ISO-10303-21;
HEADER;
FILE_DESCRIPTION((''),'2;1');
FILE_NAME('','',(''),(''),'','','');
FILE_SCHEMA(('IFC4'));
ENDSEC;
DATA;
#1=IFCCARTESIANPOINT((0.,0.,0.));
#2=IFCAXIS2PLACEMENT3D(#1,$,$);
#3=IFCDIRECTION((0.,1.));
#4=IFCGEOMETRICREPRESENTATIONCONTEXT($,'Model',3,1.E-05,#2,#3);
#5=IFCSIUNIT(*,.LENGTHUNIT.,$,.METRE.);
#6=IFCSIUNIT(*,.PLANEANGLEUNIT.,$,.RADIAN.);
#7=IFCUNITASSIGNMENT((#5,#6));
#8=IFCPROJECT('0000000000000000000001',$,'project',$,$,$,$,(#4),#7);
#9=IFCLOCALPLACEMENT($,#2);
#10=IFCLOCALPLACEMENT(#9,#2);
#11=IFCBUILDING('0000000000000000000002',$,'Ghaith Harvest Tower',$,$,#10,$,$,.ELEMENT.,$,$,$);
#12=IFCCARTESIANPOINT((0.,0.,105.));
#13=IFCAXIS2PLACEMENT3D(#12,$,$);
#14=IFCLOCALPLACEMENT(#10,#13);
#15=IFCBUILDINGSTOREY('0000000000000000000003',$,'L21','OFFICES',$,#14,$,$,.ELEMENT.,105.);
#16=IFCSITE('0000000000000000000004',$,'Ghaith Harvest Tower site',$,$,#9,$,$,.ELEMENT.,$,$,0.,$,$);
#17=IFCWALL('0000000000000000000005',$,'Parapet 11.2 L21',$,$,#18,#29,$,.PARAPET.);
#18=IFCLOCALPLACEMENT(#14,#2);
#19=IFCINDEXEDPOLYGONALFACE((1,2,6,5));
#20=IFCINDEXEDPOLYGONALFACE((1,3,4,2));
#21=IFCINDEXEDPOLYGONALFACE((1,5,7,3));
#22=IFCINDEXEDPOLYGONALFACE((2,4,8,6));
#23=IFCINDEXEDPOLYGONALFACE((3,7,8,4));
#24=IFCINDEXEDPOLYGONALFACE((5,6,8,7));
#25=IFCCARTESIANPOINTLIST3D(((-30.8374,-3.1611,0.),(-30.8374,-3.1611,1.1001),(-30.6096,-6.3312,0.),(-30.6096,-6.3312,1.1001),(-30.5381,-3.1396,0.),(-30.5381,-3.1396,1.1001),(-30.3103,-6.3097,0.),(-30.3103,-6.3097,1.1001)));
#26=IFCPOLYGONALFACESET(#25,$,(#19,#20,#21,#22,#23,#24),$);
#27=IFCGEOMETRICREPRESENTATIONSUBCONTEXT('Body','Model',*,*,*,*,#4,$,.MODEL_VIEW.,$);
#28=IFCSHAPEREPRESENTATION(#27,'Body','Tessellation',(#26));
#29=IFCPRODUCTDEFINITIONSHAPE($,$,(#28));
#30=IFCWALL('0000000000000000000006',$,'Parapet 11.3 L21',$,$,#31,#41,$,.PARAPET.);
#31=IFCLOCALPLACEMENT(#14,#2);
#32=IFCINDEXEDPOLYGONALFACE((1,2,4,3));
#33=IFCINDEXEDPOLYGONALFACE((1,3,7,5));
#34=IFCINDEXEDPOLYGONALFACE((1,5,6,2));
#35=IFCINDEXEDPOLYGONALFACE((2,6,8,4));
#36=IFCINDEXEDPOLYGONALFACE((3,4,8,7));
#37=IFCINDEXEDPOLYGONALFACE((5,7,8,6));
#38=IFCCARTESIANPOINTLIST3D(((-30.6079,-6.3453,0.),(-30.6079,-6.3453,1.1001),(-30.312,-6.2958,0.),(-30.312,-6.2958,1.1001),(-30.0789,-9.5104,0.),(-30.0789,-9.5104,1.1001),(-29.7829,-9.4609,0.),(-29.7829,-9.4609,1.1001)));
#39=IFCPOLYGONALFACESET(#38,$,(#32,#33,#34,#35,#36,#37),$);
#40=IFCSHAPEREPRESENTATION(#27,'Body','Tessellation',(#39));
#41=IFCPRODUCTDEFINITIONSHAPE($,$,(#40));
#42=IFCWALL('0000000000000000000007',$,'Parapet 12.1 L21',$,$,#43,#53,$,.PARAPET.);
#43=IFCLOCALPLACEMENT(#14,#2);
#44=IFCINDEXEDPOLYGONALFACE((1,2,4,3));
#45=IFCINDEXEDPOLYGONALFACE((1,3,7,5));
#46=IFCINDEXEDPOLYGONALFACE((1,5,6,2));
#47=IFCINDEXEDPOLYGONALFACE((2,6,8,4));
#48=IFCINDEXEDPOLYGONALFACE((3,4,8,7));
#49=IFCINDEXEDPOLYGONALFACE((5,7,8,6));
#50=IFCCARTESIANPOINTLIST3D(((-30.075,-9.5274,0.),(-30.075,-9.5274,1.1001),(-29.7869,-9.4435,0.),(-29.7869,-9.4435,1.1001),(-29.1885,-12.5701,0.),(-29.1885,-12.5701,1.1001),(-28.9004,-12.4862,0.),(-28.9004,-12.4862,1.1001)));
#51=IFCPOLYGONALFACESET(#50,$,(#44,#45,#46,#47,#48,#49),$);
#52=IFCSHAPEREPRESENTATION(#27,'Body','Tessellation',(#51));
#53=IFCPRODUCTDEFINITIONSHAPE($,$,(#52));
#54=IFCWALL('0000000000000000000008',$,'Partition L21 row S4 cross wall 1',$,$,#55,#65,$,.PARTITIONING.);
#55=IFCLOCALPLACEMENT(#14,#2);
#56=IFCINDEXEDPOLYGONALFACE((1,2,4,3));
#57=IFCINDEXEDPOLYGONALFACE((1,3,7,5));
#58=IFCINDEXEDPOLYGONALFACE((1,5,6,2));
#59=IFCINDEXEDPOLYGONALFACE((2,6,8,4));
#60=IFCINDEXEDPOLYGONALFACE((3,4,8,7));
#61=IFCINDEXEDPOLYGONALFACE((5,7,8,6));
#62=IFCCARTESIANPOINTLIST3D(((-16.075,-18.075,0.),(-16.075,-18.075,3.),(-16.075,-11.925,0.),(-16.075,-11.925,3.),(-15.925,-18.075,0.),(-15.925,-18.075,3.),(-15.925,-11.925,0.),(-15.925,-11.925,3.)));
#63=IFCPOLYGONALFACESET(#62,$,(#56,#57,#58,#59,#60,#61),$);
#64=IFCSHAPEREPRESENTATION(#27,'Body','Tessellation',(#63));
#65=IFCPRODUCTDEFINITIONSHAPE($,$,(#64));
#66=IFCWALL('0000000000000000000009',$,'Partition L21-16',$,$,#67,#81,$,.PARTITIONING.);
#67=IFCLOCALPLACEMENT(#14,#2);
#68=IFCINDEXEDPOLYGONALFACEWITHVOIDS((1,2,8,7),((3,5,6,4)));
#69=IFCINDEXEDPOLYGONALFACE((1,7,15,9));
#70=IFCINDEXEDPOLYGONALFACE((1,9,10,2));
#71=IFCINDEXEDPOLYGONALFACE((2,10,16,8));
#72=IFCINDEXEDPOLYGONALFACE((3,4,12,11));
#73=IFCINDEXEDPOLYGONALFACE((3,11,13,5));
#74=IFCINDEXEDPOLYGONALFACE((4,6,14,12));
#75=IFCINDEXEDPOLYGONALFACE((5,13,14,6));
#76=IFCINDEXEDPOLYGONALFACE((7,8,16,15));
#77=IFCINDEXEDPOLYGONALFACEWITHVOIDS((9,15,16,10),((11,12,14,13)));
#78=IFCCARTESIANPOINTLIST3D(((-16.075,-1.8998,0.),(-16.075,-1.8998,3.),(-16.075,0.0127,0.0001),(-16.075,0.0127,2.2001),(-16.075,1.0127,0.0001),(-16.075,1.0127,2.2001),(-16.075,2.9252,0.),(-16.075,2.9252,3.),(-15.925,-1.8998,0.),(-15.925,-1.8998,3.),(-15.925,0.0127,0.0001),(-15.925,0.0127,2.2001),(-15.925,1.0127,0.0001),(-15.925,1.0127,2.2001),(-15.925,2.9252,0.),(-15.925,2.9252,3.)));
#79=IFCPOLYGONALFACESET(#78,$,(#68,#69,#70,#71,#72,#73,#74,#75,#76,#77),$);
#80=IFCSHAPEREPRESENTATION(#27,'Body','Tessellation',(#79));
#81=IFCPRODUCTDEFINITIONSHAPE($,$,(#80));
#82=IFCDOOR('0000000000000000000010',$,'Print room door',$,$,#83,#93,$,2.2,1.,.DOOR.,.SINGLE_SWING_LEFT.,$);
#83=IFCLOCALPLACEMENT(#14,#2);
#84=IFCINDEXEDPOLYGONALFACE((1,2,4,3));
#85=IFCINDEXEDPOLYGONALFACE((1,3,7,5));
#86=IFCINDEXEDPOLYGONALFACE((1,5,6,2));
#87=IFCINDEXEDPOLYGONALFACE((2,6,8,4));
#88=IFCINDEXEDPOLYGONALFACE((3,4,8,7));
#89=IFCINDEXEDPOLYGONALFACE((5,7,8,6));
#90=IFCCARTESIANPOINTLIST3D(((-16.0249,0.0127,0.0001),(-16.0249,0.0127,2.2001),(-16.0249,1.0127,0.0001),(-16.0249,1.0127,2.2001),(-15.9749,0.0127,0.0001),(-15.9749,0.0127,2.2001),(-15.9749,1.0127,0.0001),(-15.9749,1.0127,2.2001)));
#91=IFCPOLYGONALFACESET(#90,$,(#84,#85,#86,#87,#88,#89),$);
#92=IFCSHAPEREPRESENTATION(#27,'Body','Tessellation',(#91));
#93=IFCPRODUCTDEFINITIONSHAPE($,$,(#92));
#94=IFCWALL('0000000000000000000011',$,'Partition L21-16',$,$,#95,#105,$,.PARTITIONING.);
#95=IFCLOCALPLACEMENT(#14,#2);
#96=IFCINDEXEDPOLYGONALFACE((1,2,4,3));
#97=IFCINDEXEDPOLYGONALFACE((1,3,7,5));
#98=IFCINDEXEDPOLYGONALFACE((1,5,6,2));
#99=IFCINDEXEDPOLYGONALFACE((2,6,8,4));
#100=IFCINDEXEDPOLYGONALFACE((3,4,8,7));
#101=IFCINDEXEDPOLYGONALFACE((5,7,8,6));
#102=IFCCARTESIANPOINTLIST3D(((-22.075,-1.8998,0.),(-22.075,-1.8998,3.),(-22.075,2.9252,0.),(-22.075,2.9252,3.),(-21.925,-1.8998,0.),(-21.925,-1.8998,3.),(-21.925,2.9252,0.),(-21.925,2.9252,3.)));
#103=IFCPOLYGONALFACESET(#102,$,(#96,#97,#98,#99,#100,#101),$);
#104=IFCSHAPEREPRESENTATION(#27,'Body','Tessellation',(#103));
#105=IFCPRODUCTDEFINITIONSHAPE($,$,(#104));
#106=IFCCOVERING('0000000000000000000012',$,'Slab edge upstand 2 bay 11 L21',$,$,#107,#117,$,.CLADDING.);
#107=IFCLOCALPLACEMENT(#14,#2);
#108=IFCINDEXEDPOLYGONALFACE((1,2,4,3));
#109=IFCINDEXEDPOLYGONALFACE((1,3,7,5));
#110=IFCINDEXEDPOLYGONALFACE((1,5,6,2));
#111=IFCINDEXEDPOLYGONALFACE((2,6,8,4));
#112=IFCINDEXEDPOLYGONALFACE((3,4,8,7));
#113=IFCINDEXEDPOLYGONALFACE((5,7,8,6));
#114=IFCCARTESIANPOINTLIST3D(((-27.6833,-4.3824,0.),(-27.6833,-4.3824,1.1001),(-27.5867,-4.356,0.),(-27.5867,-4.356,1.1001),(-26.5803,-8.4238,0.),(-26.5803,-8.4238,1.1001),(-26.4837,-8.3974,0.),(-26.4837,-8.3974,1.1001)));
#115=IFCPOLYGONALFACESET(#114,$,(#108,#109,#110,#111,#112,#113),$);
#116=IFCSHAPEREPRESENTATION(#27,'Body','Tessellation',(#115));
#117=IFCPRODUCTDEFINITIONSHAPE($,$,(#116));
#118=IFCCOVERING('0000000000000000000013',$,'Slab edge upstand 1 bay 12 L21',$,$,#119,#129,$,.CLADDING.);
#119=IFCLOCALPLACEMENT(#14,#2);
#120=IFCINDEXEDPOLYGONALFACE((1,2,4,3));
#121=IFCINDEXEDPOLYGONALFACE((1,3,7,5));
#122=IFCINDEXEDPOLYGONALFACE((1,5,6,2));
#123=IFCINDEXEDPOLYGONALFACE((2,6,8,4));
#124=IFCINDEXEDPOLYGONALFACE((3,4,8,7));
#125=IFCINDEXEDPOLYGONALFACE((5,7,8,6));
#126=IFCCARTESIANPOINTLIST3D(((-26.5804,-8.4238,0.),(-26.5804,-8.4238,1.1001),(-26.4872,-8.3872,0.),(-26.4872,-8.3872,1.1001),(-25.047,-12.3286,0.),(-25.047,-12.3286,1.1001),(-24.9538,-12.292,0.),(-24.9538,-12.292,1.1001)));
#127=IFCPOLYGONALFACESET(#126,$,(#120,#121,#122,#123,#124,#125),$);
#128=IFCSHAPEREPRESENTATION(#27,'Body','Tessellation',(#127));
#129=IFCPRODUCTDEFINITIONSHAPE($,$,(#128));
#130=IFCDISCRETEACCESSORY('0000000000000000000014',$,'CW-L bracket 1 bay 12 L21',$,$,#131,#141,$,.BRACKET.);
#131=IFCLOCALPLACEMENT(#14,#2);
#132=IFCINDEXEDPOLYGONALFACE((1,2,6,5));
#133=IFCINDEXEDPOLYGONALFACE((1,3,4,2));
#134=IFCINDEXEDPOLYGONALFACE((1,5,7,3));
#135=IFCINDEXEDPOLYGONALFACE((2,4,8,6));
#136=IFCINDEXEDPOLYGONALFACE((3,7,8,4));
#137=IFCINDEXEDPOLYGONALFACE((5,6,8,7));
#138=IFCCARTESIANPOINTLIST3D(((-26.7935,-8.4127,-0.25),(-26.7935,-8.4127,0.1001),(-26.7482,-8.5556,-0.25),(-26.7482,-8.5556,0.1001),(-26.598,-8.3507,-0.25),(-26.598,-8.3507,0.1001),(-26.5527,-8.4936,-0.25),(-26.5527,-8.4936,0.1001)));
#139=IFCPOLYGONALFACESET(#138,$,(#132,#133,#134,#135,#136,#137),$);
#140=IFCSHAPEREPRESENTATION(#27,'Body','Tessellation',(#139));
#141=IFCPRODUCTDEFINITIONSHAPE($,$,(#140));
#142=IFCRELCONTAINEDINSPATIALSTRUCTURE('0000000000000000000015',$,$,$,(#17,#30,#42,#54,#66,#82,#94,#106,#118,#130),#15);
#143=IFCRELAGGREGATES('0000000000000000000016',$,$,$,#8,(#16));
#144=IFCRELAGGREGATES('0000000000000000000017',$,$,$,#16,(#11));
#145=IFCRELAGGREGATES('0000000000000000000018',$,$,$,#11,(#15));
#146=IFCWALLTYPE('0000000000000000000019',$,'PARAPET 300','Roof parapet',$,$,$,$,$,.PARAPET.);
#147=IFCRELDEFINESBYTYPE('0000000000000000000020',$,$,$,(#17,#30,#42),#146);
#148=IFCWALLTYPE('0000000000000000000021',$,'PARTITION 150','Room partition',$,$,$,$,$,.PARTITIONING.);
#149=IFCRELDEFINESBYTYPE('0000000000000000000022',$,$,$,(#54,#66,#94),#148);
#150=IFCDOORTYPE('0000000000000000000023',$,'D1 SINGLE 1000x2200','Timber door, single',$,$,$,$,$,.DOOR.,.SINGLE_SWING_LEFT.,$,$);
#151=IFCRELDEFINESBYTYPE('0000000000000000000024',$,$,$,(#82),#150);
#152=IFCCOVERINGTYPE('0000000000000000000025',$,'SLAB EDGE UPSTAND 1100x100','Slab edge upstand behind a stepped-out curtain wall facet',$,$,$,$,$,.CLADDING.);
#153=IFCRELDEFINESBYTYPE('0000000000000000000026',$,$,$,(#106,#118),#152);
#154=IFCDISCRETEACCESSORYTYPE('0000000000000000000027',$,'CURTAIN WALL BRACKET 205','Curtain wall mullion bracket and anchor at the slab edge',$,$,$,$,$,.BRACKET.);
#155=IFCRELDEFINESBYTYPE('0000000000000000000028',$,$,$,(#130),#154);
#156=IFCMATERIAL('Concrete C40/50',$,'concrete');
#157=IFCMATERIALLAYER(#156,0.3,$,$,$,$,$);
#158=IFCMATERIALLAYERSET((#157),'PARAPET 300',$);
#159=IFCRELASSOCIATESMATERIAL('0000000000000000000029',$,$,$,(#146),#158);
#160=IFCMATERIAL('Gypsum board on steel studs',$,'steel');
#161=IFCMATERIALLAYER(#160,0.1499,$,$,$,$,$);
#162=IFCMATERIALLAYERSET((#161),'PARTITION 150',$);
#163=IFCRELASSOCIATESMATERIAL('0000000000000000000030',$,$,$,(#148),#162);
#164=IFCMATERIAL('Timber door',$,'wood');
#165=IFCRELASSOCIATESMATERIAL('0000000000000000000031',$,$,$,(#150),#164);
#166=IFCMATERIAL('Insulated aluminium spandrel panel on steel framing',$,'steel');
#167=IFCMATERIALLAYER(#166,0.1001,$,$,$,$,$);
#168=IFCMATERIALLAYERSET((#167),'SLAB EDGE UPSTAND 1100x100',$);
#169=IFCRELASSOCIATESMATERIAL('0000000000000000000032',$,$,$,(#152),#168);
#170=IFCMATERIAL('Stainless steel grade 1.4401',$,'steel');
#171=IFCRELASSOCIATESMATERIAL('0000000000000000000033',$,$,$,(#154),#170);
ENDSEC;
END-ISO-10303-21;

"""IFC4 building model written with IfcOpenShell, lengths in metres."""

from ifc_helpers import new_model, si_unit, direction, frame, frame_2d, origin, origin_2d, place, context, subcontext, project, spatial, rectangle, extrude, material, layer, layer_set, type_object, element, fill, save


model = new_model("IFC4")

# Units and contexts
model_context = context("Model", 3, precision=1e-05, world=origin(), true_north=direction((0.0, 1.0)))
body_context = subcontext(model_context, "Body", "Model", "MODEL_VIEW")
ifc_project = project(units=[si_unit("LENGTHUNIT", "METRE"), si_unit("PLANEANGLEUNIT", "RADIAN")], contexts=[model_context])

# Site, building, storey
site_placement = place(None, origin())
site = spatial("IfcSite", under=ifc_project, at=site_placement, Name="Ghaith Harvest Tower site", CompositionType="ELEMENT", RefElevation=0.0)
building_placement = place(site_placement, origin())
building = spatial("IfcBuilding", under=site, at=building_placement, Name="Ghaith Harvest Tower", CompositionType="ELEMENT")
storey_placement = place(building_placement, frame((0.0, 0.0, 105.0)))
storey = spatial("IfcBuildingStorey", under=building, at=storey_placement, Name="L21", Description="OFFICES", CompositionType="ELEMENT", Elevation=105.0)

# Walls
ifc_material_1 = material(Name="Concrete C40/50", Category="concrete")
ifc_layer_1 = layer(ifc_material_1, 0.3)
ifc_layer_set_1 = layer_set([ifc_layer_1], Name="PARAPET 300")
wall_type_1 = type_object("IfcWallType", Name="PARAPET 300", Description="Roof parapet", PredefinedType="PARAPET", material=ifc_layer_set_1)
wall_1_placement = place(storey_placement, frame((-30.6877, -3.1504, 0.0), z_axis=(0.0, 0.0, 1.0), x_axis=(0.071667, -0.997429, 0.0)))
element("IfcWall", 1, at=wall_1_placement, inside=storey, type_object=wall_type_1, Name="Parapet 11.2 L21", PredefinedType="PARAPET", context=body_context, shape_type="SweptSolid", body=[
    extrude(rectangle(XDim=3.1782, YDim=0.3, at=frame_2d((1.5891, 0.0))), origin(), (0.0, 0.0, 1.0), 1.1001),
])
wall_2_placement = place(storey_placement, frame((-30.46, -6.3206, 0.0), z_axis=(0.0, 0.0, 1.0), x_axis=(0.164868, -0.986316, 0.0)))
element("IfcWall", 2, at=wall_2_placement, inside=storey, type_object=wall_type_1, Name="Parapet 11.3 L21", PredefinedType="PARAPET", context=body_context, shape_type="SweptSolid", body=[
    extrude(rectangle(XDim=3.209, YDim=0.3, at=frame_2d((1.6045, 0.0))), origin(), (0.0, 0.0, 1.0), 1.1001),
])
wall_3_placement = place(storey_placement, frame((-29.9309, -9.4856, 0.0), z_axis=(0.0, 0.0, 1.0), x_axis=(0.279713, -0.960084, 0.0)))
element("IfcWall", 3, at=wall_3_placement, inside=storey, type_object=wall_type_1, Name="Parapet 12.1 L21", PredefinedType="PARAPET", context=body_context, shape_type="SweptSolid", body=[
    extrude(rectangle(XDim=3.1692, YDim=0.3, at=frame_2d((1.5845, 0.0))), origin(), (0.0, 0.0, 1.0), 1.1001),
])
ifc_material_2 = material(Name="Gypsum board on steel studs", Category="steel")
ifc_layer_2 = layer(ifc_material_2, 0.1499)
ifc_layer_set_2 = layer_set([ifc_layer_2], Name="PARTITION 150")
wall_type_2 = type_object("IfcWallType", Name="PARTITION 150", Description="Room partition", PredefinedType="PARTITIONING", material=ifc_layer_set_2)
wall_4_placement = place(storey_placement, frame((-16.0, -11.925, 0.0), z_axis=(0.0, 0.0, 1.0), x_axis=(0.0, -1.0, 0.0)))
element("IfcWall", 4, at=wall_4_placement, inside=storey, type_object=wall_type_2, Name="Partition L21 row S4 cross wall 1", PredefinedType="PARTITIONING", context=body_context, shape_type="SweptSolid", body=[
    extrude(rectangle(XDim=6.1499, YDim=0.1499, at=frame_2d((3.075, 0.0))), origin(), (0.0, 0.0, 1.0), 3.0),
])

# Wall, opening, door
wall_5_placement = place(storey_placement, frame((-16.0, -1.8999, 0.0), z_axis=(0.0, 0.0, 1.0), x_axis=(0.0, 1.0, 0.0)))
wall_5 = element("IfcWall", 5, at=wall_5_placement, inside=storey, type_object=wall_type_2, Name="Partition L21-16", PredefinedType="PARTITIONING", context=body_context, shape_type="SweptSolid", body=[
    extrude(rectangle(XDim=4.825, YDim=0.1499, at=frame_2d((2.4126, 0.0))), origin(), (0.0, 0.0, 1.0), 3.0),
])
opening_1_placement = place(wall_5_placement, frame((1.9126, 0.0, 0.0)))
opening_1 = element("IfcOpeningElement", 6, at=opening_1_placement, cuts=wall_5, PredefinedType="OPENING", context=body_context, shape_type="SweptSolid", body=[
    extrude(rectangle(XDim=1.0, YDim=2.2, at=frame_2d((0.5, 1.1001))), frame((0.0, 0.085, 0.0), z_axis=(0.0, -1.0, 0.0), x_axis=(1.0, 0.0, 0.0)), (0.0, 0.0, 1.0), 0.1699),
])
ifc_material_3 = material(Name="Timber door", Category="wood")
door_type_1 = type_object("IfcDoorType", Name="D1 SINGLE 1000x2200", Description="Timber door, single", OperationType="SINGLE_SWING_LEFT", PredefinedType="DOOR", material=ifc_material_3)
door_1_placement = place(opening_1_placement, origin())
door_1 = element("IfcDoor", 7, at=door_1_placement, inside=storey, type_object=door_type_1, Name="Print room door", OperationType="SINGLE_SWING_LEFT", OverallHeight=2.2, OverallWidth=1.0, PredefinedType="DOOR", context=body_context, shape_type="SweptSolid", body=[
    extrude(rectangle(XDim=1.0, YDim=2.2, at=frame_2d((0.5, 1.1001))), frame((0.0, 0.0249, 0.0), z_axis=(0.0, -1.0, 0.0), x_axis=(1.0, 0.0, 0.0)), (0.0, 0.0, 1.0), 0.05),
])
fill(opening_1, door_1)

# Wall
wall_6_placement = place(storey_placement, frame((-22.0, -1.8999, 0.0), z_axis=(0.0, 0.0, 1.0), x_axis=(0.0, 1.0, 0.0)))
element("IfcWall", 8, at=wall_6_placement, inside=storey, type_object=wall_type_2, Name="Partition L21-16", PredefinedType="PARTITIONING", context=body_context, shape_type="SweptSolid", body=[
    extrude(rectangle(XDim=4.825, YDim=0.1499, at=frame_2d((2.4126, 0.0))), origin(), (0.0, 0.0, 1.0), 3.0),
])

# Coverings
ifc_material_4 = material(Name="Insulated aluminium spandrel panel on steel framing", Category="steel")
ifc_layer_3 = layer(ifc_material_4, 0.1001)
ifc_layer_set_3 = layer_set([ifc_layer_3], Name="SLAB EDGE UPSTAND 1100x100")
covering_type = type_object("IfcCoveringType", Name="SLAB EDGE UPSTAND 1100x100", Description="Slab edge upstand behind a stepped-out curtain wall facet", PredefinedType="CLADDING", material=ifc_layer_set_3)
covering_1_placement = place(storey_placement, frame((-27.0835, -6.3899, 0.0), z_axis=(0.0, 0.0, 1.0), x_axis=(0.263288, -0.964717, 0.0)))
element("IfcCovering", 9, at=covering_1_placement, inside=storey, type_object=covering_type, Name="Slab edge upstand 2 bay 11 L21", PredefinedType="CLADDING", context=body_context, shape_type="SweptSolid", body=[
    extrude(rectangle(XDim=4.1892, YDim=0.1001, at=origin_2d()), origin(), (0.0, 0.0, 1.0), 1.1001),
])
covering_2_placement = place(storey_placement, frame((-25.7671, -10.3579, 0.0), z_axis=(0.0, 0.0, 1.0), x_axis=(0.365515, -0.930805, 0.0)))
element("IfcCovering", 10, at=covering_2_placement, inside=storey, type_object=covering_type, Name="Slab edge upstand 1 bay 12 L21", PredefinedType="CLADDING", context=body_context, shape_type="SweptSolid", body=[
    extrude(rectangle(XDim=4.1951, YDim=0.1001, at=origin_2d()), origin(), (0.0, 0.0, 1.0), 1.1001),
])

# Discrete accessory
ifc_material_5 = material(Name="Stainless steel grade 1.4401", Category="steel")
discrete_accessory_type = type_object("IfcDiscreteAccessoryType", Name="CURTAIN WALL BRACKET 205", Description="Curtain wall mullion bracket and anchor at the slab edge", PredefinedType="BRACKET", material=ifc_material_5)
discrete_accessory_placement = place(storey_placement, frame((-26.6731, -8.4531, -0.25), z_axis=(0.0, 0.0, 1.0), x_axis=(-0.953273, -0.30211, 0.0)))
element("IfcDiscreteAccessory", 11, at=discrete_accessory_placement, inside=storey, type_object=discrete_accessory_type, Name="CW-L bracket 1 bay 12 L21", PredefinedType="BRACKET", context=body_context, shape_type="SweptSolid", body=[
    extrude(rectangle(XDim=0.2051, YDim=0.1499, at=origin_2d()), origin(), (0.0, 0.0, 1.0), 0.3501),
])

save(model, "model.ifc")
